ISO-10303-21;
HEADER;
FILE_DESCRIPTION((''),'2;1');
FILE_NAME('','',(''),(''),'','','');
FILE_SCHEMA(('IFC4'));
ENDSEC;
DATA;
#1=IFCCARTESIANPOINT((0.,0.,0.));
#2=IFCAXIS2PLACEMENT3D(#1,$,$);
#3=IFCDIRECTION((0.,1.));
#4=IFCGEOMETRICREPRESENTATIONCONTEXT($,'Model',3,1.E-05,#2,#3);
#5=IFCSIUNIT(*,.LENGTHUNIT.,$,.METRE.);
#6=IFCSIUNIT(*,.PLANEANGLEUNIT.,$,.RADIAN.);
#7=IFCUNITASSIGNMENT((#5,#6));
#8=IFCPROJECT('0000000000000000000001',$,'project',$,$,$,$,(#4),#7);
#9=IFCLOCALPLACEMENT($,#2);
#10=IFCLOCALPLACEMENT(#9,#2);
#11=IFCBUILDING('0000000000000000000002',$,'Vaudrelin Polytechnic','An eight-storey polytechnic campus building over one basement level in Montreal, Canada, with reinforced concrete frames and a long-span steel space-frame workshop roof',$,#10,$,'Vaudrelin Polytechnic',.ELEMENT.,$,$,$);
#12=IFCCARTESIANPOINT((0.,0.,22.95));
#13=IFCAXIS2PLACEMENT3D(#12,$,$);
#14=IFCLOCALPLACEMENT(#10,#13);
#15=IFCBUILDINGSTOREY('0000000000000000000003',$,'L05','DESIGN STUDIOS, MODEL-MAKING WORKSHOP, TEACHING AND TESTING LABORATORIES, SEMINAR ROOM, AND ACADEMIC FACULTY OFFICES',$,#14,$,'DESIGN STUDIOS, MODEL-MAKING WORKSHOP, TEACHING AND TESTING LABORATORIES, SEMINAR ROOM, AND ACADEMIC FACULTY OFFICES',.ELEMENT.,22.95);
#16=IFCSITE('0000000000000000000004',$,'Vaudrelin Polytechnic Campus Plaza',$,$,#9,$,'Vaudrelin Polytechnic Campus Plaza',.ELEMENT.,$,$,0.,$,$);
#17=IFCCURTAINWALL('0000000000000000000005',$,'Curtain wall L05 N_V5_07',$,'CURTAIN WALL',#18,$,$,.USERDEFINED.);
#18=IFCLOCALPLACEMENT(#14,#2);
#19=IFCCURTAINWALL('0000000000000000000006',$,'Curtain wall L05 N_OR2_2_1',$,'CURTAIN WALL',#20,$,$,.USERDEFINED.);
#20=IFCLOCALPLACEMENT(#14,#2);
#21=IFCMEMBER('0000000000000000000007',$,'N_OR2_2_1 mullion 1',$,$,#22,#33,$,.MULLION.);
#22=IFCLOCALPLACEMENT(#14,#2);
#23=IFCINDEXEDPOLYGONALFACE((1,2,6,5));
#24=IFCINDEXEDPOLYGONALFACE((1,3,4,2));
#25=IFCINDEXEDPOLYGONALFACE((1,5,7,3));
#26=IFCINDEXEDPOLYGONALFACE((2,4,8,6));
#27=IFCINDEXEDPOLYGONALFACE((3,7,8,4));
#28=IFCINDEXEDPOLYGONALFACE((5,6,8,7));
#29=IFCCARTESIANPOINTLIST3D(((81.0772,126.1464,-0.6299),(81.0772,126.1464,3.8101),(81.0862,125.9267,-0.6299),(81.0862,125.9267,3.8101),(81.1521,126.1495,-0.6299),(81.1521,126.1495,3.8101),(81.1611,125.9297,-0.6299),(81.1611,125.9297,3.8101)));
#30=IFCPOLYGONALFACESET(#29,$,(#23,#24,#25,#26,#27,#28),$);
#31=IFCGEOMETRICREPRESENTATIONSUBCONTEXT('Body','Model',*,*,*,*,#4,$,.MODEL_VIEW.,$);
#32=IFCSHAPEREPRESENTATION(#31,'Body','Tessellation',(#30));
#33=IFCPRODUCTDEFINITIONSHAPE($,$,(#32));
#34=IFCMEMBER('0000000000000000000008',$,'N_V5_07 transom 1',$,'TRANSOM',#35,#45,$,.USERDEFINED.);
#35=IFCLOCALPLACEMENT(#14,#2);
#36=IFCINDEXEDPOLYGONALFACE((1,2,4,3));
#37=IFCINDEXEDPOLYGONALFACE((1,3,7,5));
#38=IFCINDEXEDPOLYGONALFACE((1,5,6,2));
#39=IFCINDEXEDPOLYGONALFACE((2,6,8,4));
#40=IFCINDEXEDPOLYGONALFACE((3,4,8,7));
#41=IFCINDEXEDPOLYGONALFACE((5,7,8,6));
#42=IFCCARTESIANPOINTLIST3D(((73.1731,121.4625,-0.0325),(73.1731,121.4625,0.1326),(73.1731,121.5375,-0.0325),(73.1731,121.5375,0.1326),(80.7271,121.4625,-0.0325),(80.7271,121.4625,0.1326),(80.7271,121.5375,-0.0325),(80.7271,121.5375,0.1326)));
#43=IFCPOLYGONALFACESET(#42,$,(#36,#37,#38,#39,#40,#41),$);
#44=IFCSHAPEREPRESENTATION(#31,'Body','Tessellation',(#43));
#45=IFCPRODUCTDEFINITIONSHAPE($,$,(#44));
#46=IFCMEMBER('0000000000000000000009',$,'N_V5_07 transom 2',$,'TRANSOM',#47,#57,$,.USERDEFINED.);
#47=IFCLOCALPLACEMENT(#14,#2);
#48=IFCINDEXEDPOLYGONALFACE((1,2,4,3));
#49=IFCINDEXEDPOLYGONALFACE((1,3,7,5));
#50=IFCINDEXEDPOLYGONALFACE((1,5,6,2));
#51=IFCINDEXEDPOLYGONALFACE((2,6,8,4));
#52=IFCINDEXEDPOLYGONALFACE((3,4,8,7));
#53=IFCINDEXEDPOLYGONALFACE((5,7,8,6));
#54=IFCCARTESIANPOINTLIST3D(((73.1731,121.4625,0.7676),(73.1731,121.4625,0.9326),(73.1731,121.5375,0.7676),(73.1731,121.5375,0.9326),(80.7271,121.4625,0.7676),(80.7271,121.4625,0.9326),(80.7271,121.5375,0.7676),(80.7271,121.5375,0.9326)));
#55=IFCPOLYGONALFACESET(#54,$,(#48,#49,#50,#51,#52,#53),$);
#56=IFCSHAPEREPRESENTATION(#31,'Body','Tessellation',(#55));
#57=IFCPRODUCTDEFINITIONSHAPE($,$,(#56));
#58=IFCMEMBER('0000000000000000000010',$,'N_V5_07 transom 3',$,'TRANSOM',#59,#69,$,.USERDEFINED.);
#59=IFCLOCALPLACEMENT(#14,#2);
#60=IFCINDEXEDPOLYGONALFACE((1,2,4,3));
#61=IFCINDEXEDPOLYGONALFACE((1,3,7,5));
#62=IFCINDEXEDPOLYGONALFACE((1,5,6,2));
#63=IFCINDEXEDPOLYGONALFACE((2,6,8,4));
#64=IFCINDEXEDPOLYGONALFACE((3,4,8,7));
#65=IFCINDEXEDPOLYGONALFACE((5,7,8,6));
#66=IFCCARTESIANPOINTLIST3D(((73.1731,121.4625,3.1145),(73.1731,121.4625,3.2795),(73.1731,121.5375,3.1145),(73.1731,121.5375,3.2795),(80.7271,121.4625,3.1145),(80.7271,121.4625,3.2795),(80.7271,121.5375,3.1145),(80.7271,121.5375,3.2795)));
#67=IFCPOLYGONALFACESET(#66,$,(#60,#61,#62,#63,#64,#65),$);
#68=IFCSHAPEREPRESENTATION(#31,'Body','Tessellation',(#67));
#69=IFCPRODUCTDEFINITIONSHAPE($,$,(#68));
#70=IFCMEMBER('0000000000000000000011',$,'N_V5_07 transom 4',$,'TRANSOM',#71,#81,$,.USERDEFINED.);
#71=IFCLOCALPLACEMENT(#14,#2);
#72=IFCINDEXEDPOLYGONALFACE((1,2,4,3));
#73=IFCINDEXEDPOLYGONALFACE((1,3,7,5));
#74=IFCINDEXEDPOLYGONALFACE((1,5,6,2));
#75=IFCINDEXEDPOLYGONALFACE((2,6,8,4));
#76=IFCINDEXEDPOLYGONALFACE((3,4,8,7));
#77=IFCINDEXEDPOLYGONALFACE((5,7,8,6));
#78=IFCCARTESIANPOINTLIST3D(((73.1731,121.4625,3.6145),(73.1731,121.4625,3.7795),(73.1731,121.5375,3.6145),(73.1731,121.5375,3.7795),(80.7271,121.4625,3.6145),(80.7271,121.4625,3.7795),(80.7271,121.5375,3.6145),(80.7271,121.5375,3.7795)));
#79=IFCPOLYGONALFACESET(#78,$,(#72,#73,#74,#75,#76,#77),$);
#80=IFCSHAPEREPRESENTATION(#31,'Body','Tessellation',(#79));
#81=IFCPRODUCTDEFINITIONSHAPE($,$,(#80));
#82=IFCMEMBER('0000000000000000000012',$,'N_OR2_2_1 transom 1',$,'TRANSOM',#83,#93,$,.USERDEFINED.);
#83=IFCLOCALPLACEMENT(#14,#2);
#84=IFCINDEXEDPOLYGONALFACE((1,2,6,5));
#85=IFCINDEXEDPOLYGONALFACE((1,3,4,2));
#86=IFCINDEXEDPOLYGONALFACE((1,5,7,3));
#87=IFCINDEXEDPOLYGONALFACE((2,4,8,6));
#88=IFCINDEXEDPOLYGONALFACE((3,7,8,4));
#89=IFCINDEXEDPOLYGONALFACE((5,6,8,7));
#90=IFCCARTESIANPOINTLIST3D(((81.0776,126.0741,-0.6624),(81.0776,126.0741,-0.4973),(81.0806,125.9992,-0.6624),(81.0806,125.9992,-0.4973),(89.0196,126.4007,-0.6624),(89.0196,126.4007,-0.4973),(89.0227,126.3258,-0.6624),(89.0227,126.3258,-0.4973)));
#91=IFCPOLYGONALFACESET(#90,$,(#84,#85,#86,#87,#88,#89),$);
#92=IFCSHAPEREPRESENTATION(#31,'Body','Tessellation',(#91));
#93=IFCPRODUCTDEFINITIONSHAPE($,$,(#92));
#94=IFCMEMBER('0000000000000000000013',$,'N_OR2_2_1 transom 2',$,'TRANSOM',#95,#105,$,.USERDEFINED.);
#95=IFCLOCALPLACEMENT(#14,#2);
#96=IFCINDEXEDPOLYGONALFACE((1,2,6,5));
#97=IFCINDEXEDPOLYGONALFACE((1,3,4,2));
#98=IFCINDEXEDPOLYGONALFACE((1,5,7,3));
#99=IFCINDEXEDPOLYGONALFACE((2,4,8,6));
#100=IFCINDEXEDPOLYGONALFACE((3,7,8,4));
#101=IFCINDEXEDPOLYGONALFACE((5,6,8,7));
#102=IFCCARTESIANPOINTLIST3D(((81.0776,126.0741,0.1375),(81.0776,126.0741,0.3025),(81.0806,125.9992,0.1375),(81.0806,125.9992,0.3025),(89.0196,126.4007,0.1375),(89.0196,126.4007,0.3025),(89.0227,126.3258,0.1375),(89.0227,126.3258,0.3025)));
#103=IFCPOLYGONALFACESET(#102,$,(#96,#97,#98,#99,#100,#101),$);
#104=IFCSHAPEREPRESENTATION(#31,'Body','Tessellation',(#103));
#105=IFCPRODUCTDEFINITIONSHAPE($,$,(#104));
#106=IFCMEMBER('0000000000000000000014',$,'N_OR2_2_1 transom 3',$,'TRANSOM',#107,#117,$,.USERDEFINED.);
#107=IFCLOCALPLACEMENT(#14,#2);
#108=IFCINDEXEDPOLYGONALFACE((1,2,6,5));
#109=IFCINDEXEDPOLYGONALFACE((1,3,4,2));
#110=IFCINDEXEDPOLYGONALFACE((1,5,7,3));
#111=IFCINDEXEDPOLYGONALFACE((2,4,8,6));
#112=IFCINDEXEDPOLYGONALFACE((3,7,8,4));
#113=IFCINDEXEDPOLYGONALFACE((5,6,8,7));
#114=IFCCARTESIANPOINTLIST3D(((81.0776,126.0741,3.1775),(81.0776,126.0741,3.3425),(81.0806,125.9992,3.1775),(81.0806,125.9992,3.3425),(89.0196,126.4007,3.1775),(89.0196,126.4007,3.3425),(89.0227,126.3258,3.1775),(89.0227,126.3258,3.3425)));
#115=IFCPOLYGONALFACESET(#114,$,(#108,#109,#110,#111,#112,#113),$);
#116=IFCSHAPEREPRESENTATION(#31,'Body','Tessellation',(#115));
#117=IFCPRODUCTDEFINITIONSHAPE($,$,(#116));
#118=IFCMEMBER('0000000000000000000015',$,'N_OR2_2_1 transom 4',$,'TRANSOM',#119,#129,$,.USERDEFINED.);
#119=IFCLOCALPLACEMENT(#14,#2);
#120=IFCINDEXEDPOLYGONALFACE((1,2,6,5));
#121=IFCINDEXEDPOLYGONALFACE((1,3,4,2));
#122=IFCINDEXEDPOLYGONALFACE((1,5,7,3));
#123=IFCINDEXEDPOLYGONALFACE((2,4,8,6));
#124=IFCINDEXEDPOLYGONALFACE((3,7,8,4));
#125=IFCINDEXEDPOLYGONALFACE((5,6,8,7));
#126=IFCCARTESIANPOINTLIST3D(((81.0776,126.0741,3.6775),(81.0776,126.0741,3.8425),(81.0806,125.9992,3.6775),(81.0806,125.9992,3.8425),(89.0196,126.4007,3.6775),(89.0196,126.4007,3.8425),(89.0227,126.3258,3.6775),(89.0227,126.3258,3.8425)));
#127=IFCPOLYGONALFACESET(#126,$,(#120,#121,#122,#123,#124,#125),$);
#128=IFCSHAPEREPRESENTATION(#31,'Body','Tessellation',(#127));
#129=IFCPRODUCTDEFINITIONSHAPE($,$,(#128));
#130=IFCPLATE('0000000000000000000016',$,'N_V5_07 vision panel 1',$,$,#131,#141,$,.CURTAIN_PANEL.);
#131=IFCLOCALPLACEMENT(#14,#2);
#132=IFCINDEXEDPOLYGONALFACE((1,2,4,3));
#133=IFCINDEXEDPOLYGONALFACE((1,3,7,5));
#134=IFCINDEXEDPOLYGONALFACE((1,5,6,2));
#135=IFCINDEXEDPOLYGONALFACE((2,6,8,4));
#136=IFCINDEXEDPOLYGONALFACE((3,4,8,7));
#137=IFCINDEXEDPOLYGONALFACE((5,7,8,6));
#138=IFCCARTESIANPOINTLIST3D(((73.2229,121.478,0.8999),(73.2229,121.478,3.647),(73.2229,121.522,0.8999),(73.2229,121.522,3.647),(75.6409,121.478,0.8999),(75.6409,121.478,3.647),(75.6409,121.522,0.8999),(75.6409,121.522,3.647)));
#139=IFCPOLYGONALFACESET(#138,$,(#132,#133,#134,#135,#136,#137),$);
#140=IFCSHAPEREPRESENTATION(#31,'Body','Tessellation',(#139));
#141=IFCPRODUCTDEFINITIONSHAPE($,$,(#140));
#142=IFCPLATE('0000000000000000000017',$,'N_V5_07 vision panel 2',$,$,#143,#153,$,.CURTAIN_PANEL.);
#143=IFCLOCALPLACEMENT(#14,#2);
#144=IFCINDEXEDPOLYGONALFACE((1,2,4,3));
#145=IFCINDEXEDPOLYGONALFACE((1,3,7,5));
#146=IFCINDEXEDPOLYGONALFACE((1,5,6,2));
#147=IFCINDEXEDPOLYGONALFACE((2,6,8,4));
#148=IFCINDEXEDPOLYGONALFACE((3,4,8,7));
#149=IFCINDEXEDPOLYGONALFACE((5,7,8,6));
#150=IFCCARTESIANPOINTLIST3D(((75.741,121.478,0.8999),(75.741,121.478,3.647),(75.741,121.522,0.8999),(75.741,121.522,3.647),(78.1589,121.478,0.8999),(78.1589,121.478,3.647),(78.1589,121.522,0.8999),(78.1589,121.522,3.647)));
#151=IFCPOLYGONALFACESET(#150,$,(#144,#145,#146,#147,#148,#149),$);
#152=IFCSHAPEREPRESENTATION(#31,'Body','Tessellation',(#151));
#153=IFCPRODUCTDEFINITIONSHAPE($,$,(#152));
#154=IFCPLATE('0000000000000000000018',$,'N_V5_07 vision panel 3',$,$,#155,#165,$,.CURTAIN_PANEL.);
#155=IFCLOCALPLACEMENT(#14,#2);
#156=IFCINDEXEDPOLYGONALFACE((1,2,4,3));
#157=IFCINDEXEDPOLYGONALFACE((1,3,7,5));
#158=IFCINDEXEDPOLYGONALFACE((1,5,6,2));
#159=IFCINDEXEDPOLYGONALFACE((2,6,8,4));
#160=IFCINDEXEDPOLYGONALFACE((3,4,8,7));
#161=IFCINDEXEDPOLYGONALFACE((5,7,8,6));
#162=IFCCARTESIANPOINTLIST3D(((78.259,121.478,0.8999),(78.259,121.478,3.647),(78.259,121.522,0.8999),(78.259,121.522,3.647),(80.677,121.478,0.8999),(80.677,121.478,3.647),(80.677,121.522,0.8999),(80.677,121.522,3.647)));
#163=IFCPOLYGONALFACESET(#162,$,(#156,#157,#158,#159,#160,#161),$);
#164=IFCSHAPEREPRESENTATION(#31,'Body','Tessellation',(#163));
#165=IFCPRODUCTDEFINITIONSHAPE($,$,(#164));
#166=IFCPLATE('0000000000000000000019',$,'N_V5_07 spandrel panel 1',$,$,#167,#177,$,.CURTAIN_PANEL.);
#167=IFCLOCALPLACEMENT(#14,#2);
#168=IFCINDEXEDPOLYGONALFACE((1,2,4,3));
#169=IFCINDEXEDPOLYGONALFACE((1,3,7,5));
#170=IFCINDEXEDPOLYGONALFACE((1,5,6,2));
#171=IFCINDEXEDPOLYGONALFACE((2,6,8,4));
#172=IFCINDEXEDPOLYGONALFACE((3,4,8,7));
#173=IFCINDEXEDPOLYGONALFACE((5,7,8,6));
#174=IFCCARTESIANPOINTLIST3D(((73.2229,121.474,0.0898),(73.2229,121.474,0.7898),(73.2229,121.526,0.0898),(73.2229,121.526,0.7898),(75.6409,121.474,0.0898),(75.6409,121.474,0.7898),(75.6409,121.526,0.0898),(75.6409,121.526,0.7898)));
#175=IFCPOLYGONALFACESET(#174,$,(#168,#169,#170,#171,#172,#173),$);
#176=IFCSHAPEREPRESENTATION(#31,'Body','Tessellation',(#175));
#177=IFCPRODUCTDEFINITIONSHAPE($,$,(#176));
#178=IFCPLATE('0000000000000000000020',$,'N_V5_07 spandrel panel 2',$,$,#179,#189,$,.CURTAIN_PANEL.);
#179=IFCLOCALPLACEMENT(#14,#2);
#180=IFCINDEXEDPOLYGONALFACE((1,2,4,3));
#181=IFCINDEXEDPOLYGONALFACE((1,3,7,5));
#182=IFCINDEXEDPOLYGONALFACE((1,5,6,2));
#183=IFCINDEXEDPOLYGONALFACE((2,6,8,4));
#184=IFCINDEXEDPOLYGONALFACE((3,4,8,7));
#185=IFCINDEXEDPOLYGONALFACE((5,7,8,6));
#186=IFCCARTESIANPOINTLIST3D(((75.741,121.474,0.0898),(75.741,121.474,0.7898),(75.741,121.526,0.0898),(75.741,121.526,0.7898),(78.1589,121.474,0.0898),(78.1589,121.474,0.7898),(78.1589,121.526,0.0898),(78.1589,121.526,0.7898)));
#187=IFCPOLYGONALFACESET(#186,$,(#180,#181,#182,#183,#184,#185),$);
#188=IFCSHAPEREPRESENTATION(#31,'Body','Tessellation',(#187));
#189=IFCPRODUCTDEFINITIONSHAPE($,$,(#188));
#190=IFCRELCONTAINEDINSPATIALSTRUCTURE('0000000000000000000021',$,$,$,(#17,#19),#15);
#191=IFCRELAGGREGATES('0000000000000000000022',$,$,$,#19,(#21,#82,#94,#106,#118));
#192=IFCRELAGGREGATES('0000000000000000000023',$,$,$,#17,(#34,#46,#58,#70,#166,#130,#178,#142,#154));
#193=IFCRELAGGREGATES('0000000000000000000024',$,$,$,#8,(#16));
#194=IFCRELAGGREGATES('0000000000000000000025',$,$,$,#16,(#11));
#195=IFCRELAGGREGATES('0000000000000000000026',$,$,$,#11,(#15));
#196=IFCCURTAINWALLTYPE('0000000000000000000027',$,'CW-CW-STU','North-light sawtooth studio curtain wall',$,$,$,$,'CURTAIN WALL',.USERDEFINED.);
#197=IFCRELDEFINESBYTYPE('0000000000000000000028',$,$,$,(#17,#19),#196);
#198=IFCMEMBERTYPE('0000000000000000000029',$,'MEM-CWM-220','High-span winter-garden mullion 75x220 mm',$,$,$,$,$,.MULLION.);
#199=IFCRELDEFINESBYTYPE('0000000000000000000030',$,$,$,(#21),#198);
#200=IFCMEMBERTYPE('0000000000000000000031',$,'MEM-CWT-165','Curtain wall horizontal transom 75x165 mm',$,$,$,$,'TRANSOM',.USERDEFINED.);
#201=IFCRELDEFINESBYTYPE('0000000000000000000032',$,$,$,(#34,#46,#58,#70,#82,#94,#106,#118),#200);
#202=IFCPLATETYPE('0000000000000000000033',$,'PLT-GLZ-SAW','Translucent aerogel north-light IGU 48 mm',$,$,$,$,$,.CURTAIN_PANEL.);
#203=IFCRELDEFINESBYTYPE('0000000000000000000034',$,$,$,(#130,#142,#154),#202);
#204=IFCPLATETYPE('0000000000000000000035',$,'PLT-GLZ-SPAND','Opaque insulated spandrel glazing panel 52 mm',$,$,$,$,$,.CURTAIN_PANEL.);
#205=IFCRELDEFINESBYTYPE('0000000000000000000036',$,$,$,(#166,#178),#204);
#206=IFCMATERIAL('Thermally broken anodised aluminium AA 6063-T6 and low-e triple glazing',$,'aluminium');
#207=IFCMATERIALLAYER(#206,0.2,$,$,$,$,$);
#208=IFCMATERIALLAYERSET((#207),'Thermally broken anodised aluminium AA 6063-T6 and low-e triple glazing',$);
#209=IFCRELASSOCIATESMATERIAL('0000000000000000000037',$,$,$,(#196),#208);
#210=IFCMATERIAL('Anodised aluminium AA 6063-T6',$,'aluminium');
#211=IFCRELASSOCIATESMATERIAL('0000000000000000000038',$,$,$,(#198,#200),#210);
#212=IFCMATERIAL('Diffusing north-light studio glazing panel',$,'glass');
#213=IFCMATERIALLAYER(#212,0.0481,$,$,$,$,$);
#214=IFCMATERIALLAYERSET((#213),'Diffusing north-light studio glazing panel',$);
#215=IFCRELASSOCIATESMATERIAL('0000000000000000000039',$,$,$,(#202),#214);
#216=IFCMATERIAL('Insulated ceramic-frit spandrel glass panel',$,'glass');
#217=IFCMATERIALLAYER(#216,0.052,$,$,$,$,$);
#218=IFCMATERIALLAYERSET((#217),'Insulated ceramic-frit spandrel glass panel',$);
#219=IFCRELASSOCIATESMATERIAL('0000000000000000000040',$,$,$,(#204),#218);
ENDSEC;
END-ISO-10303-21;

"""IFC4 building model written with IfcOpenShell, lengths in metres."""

from ifc_helpers import new_model, si_unit, direction, frame, origin, origin_2d, place, context, subcontext, project, spatial, rectangle, extrude, material, layer, layer_set, material_profile, profile_set, type_object, element, aggregate, save


model = new_model("IFC4")

# Units and contexts
model_context = context("Model", 3, precision=1e-05, world=origin(), true_north=direction((0.0, 1.0)))
body_context = subcontext(model_context, "Body", "Model", "MODEL_VIEW")
ifc_project = project(units=[si_unit("LENGTHUNIT", "METRE"), si_unit("PLANEANGLEUNIT", "RADIAN")], contexts=[model_context])

# Site, building, storey
site_placement = place(None, origin())
site = spatial("IfcSite", under=ifc_project, at=site_placement, Name="Vaudrelin Polytechnic Campus Plaza", LongName="Vaudrelin Polytechnic Campus Plaza", CompositionType="ELEMENT", RefElevation=0.0)
building_placement = place(site_placement, origin())
building = spatial("IfcBuilding", under=site, at=building_placement, Name="Vaudrelin Polytechnic", Description="An eight-storey polytechnic campus building over one basement level in Montreal, Canada, with reinforced concrete frames and a long-span steel space-frame workshop roof", LongName="Vaudrelin Polytechnic", CompositionType="ELEMENT")
storey_placement = place(building_placement, frame((0.0, 0.0, 22.95)))
storey = spatial("IfcBuildingStorey", under=building, at=storey_placement, Name="L05", Description="DESIGN STUDIOS, MODEL-MAKING WORKSHOP, TEACHING AND TESTING LABORATORIES, SEMINAR ROOM, AND ACADEMIC FACULTY OFFICES", LongName="DESIGN STUDIOS, MODEL-MAKING WORKSHOP, TEACHING AND TESTING LABORATORIES, SEMINAR ROOM, AND ACADEMIC FACULTY OFFICES", CompositionType="ELEMENT", Elevation=22.95)

# Curtain wall
ifc_material_1 = material(Name="Thermally broken anodised aluminium AA 6063-T6 and low-e triple glazing", Category="aluminium")
ifc_layer_1 = layer(ifc_material_1, 0.2)
ifc_layer_set_1 = layer_set([ifc_layer_1], Name="Thermally broken anodised aluminium AA 6063-T6 and low-e triple glazing")
curtain_wall_type = type_object("IfcCurtainWallType", Name="CW-CW-STU", Description="North-light sawtooth studio curtain wall", ElementType="CURTAIN WALL", PredefinedType="USERDEFINED", material=ifc_layer_set_1)
curtain_wall_1_placement = place(storey_placement, origin())
curtain_wall_1 = element("IfcCurtainWall", 1, at=curtain_wall_1_placement, inside=storey, type_object=curtain_wall_type, Name="Curtain wall L05 N_V5_07", ObjectType="CURTAIN WALL", PredefinedType="USERDEFINED")
ifc_material_2 = material(Name="Anodised aluminium AA 6063-T6", Category="aluminium")
ifc_material_profile_1 = material_profile(ifc_material_2, rectangle(XDim=0.075, YDim=0.22, at=origin_2d()), Name="CWM-75x220")
ifc_profile_set_1 = profile_set([ifc_material_profile_1], Name="Anodised aluminium AA 6063-T6")
member_type_1 = type_object("IfcMemberType", Name="MEM-CWM-220", Description="High-span winter-garden mullion 75x220 mm", PredefinedType="MULLION", material=ifc_profile_set_1)

# Curtain wall, member
curtain_wall_2_placement = place(storey_placement, origin())
curtain_wall_2 = element("IfcCurtainWall", 2, at=curtain_wall_2_placement, inside=storey, type_object=curtain_wall_type, Name="Curtain wall L05 N_OR2_2_1", ObjectType="CURTAIN WALL", PredefinedType="USERDEFINED")
member_1_placement = place(storey_placement, frame((81.1191, 126.0381, -0.6299), z_axis=(0.0, 0.0, 1.0), x_axis=(0.999154, 0.041115, 0.0)))
member_1 = element("IfcMember", 3, at=member_1_placement, type_object=member_type_1, Name="N_OR2_2_1 mullion 1", PredefinedType="MULLION", context=body_context, shape_type="SweptSolid", body=[
    extrude(rectangle(XDim=0.075, YDim=0.22, at=origin_2d()), origin(), (0.0, 0.0, 1.0), 4.4399),
])

# Members
ifc_material_profile_2 = material_profile(ifc_material_2, rectangle(XDim=0.075, YDim=0.165, at=origin_2d()), Name="CWT-75x165")
ifc_profile_set_2 = profile_set([ifc_material_profile_2], Name="Anodised aluminium AA 6063-T6")
member_type_2 = type_object("IfcMemberType", Name="MEM-CWT-165", Description="Curtain wall horizontal transom 75x165 mm", ElementType="TRANSOM", PredefinedType="USERDEFINED", material=ifc_profile_set_2)
member_2_placement = place(storey_placement, frame((73.1731, 121.5, 0.05), z_axis=(1.0, 0.0, 0.0), x_axis=(0.0, 1.0, 0.0)))
member_2 = element("IfcMember", 4, at=member_2_placement, type_object=member_type_2, Name="N_V5_07 transom 1", ObjectType="TRANSOM", PredefinedType="USERDEFINED", context=body_context, shape_type="SweptSolid", body=[
    extrude(rectangle(XDim=0.075, YDim=0.165, at=origin_2d()), origin(), (0.0, 0.0, 1.0), 7.554),
])
member_3_placement = place(storey_placement, frame((73.1731, 121.5, 0.8501), z_axis=(1.0, 0.0, 0.0), x_axis=(0.0, 1.0, 0.0)))
member_3 = element("IfcMember", 5, at=member_3_placement, type_object=member_type_2, Name="N_V5_07 transom 2", ObjectType="TRANSOM", PredefinedType="USERDEFINED", context=body_context, shape_type="SweptSolid", body=[
    extrude(rectangle(XDim=0.075, YDim=0.165, at=origin_2d()), origin(), (0.0, 0.0, 1.0), 7.554),
])
member_4_placement = place(storey_placement, frame((73.1731, 121.5, 3.197), z_axis=(1.0, 0.0, 0.0), x_axis=(0.0, 1.0, 0.0)))
member_4 = element("IfcMember", 6, at=member_4_placement, type_object=member_type_2, Name="N_V5_07 transom 3", ObjectType="TRANSOM", PredefinedType="USERDEFINED", context=body_context, shape_type="SweptSolid", body=[
    extrude(rectangle(XDim=0.075, YDim=0.165, at=origin_2d()), origin(), (0.0, 0.0, 1.0), 7.554),
])
member_5_placement = place(storey_placement, frame((73.1731, 121.5, 3.697), z_axis=(1.0, 0.0, 0.0), x_axis=(0.0, 1.0, 0.0)))
member_5 = element("IfcMember", 7, at=member_5_placement, type_object=member_type_2, Name="N_V5_07 transom 4", ObjectType="TRANSOM", PredefinedType="USERDEFINED", context=body_context, shape_type="SweptSolid", body=[
    extrude(rectangle(XDim=0.075, YDim=0.165, at=origin_2d()), origin(), (0.0, 0.0, 1.0), 7.554),
])
member_6_placement = place(storey_placement, frame((81.0791, 126.0366, -0.5798), z_axis=(0.999155, 0.041097, 0.0), x_axis=(-0.041097, 0.999155, 0.0)))
member_6 = element("IfcMember", 8, at=member_6_placement, type_object=member_type_2, Name="N_OR2_2_1 transom 1", ObjectType="TRANSOM", PredefinedType="USERDEFINED", context=body_context, shape_type="SweptSolid", body=[
    extrude(rectangle(XDim=0.075, YDim=0.165, at=origin_2d()), origin(), (0.0, 0.0, 1.0), 7.9487),
])
member_7_placement = place(storey_placement, frame((81.0791, 126.0366, 0.22), z_axis=(0.999155, 0.041097, 0.0), x_axis=(-0.041097, 0.999155, 0.0)))
member_7 = element("IfcMember", 9, at=member_7_placement, type_object=member_type_2, Name="N_OR2_2_1 transom 2", ObjectType="TRANSOM", PredefinedType="USERDEFINED", context=body_context, shape_type="SweptSolid", body=[
    extrude(rectangle(XDim=0.075, YDim=0.165, at=origin_2d()), origin(), (0.0, 0.0, 1.0), 7.9487),
])
member_8_placement = place(storey_placement, frame((81.0791, 126.0366, 3.26), z_axis=(0.999155, 0.041097, 0.0), x_axis=(-0.041097, 0.999155, 0.0)))
member_8 = element("IfcMember", 10, at=member_8_placement, type_object=member_type_2, Name="N_OR2_2_1 transom 3", ObjectType="TRANSOM", PredefinedType="USERDEFINED", context=body_context, shape_type="SweptSolid", body=[
    extrude(rectangle(XDim=0.075, YDim=0.165, at=origin_2d()), origin(), (0.0, 0.0, 1.0), 7.9487),
])
member_9_placement = place(storey_placement, frame((81.0791, 126.0366, 3.76), z_axis=(0.999155, 0.041097, 0.0), x_axis=(-0.041097, 0.999155, 0.0)))
member_9 = element("IfcMember", 11, at=member_9_placement, type_object=member_type_2, Name="N_OR2_2_1 transom 4", ObjectType="TRANSOM", PredefinedType="USERDEFINED", context=body_context, shape_type="SweptSolid", body=[
    extrude(rectangle(XDim=0.075, YDim=0.165, at=origin_2d()), origin(), (0.0, 0.0, 1.0), 7.9487),
])
aggregate(curtain_wall_2, [member_1, member_6, member_7, member_8, member_9])

# Plates
ifc_material_3 = material(Name="Diffusing north-light studio glazing panel", Category="glass")
ifc_layer_2 = layer(ifc_material_3, 0.0481)
ifc_layer_set_2 = layer_set([ifc_layer_2], Name="Diffusing north-light studio glazing panel")
plate_type_1 = type_object("IfcPlateType", Name="PLT-GLZ-SAW", Description="Translucent aerogel north-light IGU 48 mm", PredefinedType="CURTAIN_PANEL", material=ifc_layer_set_2)
plate_1_placement = place(storey_placement, frame((74.4319, 121.5, 0.8999), z_axis=(0.0, 0.0, 1.0), x_axis=(1.0, 0.0, 0.0)))
plate_1 = element("IfcPlate", 12, at=plate_1_placement, type_object=plate_type_1, Name="N_V5_07 vision panel 1", PredefinedType="CURTAIN_PANEL", context=body_context, shape_type="SweptSolid", body=[
    extrude(rectangle(XDim=2.418, YDim=0.0439, at=origin_2d()), origin(), (0.0, 0.0, 1.0), 2.7471),
])
plate_2_placement = place(storey_placement, frame((76.95, 121.5, 0.8999), z_axis=(0.0, 0.0, 1.0), x_axis=(1.0, 0.0, 0.0)))
plate_2 = element("IfcPlate", 13, at=plate_2_placement, type_object=plate_type_1, Name="N_V5_07 vision panel 2", PredefinedType="CURTAIN_PANEL", context=body_context, shape_type="SweptSolid", body=[
    extrude(rectangle(XDim=2.418, YDim=0.0439, at=origin_2d()), origin(), (0.0, 0.0, 1.0), 2.7471),
])
plate_3_placement = place(storey_placement, frame((79.468, 121.5, 0.8999), z_axis=(0.0, 0.0, 1.0), x_axis=(1.0, 0.0, 0.0)))
plate_3 = element("IfcPlate", 14, at=plate_3_placement, type_object=plate_type_1, Name="N_V5_07 vision panel 3", PredefinedType="CURTAIN_PANEL", context=body_context, shape_type="SweptSolid", body=[
    extrude(rectangle(XDim=2.418, YDim=0.0439, at=origin_2d()), origin(), (0.0, 0.0, 1.0), 2.7471),
])
ifc_material_4 = material(Name="Insulated ceramic-frit spandrel glass panel", Category="glass")
ifc_layer_3 = layer(ifc_material_4, 0.052)
ifc_layer_set_3 = layer_set([ifc_layer_3], Name="Insulated ceramic-frit spandrel glass panel")
plate_type_2 = type_object("IfcPlateType", Name="PLT-GLZ-SPAND", Description="Opaque insulated spandrel glazing panel 52 mm", PredefinedType="CURTAIN_PANEL", material=ifc_layer_set_3)
plate_4_placement = place(storey_placement, frame((74.4319, 121.5, 0.0898), z_axis=(0.0, 0.0, 1.0), x_axis=(1.0, 0.0, 0.0)))
plate_4 = element("IfcPlate", 15, at=plate_4_placement, type_object=plate_type_2, Name="N_V5_07 spandrel panel 1", PredefinedType="CURTAIN_PANEL", context=body_context, shape_type="SweptSolid", body=[
    extrude(rectangle(XDim=2.418, YDim=0.052, at=origin_2d()), origin(), (0.0, 0.0, 1.0), 0.7),
])
plate_5_placement = place(storey_placement, frame((76.95, 121.5, 0.0898), z_axis=(0.0, 0.0, 1.0), x_axis=(1.0, 0.0, 0.0)))
plate_5 = element("IfcPlate", 16, at=plate_5_placement, type_object=plate_type_2, Name="N_V5_07 spandrel panel 2", PredefinedType="CURTAIN_PANEL", context=body_context, shape_type="SweptSolid", body=[
    extrude(rectangle(XDim=2.418, YDim=0.052, at=origin_2d()), origin(), (0.0, 0.0, 1.0), 0.7),
])
aggregate(curtain_wall_1, [member_2, member_3, member_4, member_5, plate_4, plate_1, plate_5, plate_2, plate_3])

save(model, "model.ifc")
